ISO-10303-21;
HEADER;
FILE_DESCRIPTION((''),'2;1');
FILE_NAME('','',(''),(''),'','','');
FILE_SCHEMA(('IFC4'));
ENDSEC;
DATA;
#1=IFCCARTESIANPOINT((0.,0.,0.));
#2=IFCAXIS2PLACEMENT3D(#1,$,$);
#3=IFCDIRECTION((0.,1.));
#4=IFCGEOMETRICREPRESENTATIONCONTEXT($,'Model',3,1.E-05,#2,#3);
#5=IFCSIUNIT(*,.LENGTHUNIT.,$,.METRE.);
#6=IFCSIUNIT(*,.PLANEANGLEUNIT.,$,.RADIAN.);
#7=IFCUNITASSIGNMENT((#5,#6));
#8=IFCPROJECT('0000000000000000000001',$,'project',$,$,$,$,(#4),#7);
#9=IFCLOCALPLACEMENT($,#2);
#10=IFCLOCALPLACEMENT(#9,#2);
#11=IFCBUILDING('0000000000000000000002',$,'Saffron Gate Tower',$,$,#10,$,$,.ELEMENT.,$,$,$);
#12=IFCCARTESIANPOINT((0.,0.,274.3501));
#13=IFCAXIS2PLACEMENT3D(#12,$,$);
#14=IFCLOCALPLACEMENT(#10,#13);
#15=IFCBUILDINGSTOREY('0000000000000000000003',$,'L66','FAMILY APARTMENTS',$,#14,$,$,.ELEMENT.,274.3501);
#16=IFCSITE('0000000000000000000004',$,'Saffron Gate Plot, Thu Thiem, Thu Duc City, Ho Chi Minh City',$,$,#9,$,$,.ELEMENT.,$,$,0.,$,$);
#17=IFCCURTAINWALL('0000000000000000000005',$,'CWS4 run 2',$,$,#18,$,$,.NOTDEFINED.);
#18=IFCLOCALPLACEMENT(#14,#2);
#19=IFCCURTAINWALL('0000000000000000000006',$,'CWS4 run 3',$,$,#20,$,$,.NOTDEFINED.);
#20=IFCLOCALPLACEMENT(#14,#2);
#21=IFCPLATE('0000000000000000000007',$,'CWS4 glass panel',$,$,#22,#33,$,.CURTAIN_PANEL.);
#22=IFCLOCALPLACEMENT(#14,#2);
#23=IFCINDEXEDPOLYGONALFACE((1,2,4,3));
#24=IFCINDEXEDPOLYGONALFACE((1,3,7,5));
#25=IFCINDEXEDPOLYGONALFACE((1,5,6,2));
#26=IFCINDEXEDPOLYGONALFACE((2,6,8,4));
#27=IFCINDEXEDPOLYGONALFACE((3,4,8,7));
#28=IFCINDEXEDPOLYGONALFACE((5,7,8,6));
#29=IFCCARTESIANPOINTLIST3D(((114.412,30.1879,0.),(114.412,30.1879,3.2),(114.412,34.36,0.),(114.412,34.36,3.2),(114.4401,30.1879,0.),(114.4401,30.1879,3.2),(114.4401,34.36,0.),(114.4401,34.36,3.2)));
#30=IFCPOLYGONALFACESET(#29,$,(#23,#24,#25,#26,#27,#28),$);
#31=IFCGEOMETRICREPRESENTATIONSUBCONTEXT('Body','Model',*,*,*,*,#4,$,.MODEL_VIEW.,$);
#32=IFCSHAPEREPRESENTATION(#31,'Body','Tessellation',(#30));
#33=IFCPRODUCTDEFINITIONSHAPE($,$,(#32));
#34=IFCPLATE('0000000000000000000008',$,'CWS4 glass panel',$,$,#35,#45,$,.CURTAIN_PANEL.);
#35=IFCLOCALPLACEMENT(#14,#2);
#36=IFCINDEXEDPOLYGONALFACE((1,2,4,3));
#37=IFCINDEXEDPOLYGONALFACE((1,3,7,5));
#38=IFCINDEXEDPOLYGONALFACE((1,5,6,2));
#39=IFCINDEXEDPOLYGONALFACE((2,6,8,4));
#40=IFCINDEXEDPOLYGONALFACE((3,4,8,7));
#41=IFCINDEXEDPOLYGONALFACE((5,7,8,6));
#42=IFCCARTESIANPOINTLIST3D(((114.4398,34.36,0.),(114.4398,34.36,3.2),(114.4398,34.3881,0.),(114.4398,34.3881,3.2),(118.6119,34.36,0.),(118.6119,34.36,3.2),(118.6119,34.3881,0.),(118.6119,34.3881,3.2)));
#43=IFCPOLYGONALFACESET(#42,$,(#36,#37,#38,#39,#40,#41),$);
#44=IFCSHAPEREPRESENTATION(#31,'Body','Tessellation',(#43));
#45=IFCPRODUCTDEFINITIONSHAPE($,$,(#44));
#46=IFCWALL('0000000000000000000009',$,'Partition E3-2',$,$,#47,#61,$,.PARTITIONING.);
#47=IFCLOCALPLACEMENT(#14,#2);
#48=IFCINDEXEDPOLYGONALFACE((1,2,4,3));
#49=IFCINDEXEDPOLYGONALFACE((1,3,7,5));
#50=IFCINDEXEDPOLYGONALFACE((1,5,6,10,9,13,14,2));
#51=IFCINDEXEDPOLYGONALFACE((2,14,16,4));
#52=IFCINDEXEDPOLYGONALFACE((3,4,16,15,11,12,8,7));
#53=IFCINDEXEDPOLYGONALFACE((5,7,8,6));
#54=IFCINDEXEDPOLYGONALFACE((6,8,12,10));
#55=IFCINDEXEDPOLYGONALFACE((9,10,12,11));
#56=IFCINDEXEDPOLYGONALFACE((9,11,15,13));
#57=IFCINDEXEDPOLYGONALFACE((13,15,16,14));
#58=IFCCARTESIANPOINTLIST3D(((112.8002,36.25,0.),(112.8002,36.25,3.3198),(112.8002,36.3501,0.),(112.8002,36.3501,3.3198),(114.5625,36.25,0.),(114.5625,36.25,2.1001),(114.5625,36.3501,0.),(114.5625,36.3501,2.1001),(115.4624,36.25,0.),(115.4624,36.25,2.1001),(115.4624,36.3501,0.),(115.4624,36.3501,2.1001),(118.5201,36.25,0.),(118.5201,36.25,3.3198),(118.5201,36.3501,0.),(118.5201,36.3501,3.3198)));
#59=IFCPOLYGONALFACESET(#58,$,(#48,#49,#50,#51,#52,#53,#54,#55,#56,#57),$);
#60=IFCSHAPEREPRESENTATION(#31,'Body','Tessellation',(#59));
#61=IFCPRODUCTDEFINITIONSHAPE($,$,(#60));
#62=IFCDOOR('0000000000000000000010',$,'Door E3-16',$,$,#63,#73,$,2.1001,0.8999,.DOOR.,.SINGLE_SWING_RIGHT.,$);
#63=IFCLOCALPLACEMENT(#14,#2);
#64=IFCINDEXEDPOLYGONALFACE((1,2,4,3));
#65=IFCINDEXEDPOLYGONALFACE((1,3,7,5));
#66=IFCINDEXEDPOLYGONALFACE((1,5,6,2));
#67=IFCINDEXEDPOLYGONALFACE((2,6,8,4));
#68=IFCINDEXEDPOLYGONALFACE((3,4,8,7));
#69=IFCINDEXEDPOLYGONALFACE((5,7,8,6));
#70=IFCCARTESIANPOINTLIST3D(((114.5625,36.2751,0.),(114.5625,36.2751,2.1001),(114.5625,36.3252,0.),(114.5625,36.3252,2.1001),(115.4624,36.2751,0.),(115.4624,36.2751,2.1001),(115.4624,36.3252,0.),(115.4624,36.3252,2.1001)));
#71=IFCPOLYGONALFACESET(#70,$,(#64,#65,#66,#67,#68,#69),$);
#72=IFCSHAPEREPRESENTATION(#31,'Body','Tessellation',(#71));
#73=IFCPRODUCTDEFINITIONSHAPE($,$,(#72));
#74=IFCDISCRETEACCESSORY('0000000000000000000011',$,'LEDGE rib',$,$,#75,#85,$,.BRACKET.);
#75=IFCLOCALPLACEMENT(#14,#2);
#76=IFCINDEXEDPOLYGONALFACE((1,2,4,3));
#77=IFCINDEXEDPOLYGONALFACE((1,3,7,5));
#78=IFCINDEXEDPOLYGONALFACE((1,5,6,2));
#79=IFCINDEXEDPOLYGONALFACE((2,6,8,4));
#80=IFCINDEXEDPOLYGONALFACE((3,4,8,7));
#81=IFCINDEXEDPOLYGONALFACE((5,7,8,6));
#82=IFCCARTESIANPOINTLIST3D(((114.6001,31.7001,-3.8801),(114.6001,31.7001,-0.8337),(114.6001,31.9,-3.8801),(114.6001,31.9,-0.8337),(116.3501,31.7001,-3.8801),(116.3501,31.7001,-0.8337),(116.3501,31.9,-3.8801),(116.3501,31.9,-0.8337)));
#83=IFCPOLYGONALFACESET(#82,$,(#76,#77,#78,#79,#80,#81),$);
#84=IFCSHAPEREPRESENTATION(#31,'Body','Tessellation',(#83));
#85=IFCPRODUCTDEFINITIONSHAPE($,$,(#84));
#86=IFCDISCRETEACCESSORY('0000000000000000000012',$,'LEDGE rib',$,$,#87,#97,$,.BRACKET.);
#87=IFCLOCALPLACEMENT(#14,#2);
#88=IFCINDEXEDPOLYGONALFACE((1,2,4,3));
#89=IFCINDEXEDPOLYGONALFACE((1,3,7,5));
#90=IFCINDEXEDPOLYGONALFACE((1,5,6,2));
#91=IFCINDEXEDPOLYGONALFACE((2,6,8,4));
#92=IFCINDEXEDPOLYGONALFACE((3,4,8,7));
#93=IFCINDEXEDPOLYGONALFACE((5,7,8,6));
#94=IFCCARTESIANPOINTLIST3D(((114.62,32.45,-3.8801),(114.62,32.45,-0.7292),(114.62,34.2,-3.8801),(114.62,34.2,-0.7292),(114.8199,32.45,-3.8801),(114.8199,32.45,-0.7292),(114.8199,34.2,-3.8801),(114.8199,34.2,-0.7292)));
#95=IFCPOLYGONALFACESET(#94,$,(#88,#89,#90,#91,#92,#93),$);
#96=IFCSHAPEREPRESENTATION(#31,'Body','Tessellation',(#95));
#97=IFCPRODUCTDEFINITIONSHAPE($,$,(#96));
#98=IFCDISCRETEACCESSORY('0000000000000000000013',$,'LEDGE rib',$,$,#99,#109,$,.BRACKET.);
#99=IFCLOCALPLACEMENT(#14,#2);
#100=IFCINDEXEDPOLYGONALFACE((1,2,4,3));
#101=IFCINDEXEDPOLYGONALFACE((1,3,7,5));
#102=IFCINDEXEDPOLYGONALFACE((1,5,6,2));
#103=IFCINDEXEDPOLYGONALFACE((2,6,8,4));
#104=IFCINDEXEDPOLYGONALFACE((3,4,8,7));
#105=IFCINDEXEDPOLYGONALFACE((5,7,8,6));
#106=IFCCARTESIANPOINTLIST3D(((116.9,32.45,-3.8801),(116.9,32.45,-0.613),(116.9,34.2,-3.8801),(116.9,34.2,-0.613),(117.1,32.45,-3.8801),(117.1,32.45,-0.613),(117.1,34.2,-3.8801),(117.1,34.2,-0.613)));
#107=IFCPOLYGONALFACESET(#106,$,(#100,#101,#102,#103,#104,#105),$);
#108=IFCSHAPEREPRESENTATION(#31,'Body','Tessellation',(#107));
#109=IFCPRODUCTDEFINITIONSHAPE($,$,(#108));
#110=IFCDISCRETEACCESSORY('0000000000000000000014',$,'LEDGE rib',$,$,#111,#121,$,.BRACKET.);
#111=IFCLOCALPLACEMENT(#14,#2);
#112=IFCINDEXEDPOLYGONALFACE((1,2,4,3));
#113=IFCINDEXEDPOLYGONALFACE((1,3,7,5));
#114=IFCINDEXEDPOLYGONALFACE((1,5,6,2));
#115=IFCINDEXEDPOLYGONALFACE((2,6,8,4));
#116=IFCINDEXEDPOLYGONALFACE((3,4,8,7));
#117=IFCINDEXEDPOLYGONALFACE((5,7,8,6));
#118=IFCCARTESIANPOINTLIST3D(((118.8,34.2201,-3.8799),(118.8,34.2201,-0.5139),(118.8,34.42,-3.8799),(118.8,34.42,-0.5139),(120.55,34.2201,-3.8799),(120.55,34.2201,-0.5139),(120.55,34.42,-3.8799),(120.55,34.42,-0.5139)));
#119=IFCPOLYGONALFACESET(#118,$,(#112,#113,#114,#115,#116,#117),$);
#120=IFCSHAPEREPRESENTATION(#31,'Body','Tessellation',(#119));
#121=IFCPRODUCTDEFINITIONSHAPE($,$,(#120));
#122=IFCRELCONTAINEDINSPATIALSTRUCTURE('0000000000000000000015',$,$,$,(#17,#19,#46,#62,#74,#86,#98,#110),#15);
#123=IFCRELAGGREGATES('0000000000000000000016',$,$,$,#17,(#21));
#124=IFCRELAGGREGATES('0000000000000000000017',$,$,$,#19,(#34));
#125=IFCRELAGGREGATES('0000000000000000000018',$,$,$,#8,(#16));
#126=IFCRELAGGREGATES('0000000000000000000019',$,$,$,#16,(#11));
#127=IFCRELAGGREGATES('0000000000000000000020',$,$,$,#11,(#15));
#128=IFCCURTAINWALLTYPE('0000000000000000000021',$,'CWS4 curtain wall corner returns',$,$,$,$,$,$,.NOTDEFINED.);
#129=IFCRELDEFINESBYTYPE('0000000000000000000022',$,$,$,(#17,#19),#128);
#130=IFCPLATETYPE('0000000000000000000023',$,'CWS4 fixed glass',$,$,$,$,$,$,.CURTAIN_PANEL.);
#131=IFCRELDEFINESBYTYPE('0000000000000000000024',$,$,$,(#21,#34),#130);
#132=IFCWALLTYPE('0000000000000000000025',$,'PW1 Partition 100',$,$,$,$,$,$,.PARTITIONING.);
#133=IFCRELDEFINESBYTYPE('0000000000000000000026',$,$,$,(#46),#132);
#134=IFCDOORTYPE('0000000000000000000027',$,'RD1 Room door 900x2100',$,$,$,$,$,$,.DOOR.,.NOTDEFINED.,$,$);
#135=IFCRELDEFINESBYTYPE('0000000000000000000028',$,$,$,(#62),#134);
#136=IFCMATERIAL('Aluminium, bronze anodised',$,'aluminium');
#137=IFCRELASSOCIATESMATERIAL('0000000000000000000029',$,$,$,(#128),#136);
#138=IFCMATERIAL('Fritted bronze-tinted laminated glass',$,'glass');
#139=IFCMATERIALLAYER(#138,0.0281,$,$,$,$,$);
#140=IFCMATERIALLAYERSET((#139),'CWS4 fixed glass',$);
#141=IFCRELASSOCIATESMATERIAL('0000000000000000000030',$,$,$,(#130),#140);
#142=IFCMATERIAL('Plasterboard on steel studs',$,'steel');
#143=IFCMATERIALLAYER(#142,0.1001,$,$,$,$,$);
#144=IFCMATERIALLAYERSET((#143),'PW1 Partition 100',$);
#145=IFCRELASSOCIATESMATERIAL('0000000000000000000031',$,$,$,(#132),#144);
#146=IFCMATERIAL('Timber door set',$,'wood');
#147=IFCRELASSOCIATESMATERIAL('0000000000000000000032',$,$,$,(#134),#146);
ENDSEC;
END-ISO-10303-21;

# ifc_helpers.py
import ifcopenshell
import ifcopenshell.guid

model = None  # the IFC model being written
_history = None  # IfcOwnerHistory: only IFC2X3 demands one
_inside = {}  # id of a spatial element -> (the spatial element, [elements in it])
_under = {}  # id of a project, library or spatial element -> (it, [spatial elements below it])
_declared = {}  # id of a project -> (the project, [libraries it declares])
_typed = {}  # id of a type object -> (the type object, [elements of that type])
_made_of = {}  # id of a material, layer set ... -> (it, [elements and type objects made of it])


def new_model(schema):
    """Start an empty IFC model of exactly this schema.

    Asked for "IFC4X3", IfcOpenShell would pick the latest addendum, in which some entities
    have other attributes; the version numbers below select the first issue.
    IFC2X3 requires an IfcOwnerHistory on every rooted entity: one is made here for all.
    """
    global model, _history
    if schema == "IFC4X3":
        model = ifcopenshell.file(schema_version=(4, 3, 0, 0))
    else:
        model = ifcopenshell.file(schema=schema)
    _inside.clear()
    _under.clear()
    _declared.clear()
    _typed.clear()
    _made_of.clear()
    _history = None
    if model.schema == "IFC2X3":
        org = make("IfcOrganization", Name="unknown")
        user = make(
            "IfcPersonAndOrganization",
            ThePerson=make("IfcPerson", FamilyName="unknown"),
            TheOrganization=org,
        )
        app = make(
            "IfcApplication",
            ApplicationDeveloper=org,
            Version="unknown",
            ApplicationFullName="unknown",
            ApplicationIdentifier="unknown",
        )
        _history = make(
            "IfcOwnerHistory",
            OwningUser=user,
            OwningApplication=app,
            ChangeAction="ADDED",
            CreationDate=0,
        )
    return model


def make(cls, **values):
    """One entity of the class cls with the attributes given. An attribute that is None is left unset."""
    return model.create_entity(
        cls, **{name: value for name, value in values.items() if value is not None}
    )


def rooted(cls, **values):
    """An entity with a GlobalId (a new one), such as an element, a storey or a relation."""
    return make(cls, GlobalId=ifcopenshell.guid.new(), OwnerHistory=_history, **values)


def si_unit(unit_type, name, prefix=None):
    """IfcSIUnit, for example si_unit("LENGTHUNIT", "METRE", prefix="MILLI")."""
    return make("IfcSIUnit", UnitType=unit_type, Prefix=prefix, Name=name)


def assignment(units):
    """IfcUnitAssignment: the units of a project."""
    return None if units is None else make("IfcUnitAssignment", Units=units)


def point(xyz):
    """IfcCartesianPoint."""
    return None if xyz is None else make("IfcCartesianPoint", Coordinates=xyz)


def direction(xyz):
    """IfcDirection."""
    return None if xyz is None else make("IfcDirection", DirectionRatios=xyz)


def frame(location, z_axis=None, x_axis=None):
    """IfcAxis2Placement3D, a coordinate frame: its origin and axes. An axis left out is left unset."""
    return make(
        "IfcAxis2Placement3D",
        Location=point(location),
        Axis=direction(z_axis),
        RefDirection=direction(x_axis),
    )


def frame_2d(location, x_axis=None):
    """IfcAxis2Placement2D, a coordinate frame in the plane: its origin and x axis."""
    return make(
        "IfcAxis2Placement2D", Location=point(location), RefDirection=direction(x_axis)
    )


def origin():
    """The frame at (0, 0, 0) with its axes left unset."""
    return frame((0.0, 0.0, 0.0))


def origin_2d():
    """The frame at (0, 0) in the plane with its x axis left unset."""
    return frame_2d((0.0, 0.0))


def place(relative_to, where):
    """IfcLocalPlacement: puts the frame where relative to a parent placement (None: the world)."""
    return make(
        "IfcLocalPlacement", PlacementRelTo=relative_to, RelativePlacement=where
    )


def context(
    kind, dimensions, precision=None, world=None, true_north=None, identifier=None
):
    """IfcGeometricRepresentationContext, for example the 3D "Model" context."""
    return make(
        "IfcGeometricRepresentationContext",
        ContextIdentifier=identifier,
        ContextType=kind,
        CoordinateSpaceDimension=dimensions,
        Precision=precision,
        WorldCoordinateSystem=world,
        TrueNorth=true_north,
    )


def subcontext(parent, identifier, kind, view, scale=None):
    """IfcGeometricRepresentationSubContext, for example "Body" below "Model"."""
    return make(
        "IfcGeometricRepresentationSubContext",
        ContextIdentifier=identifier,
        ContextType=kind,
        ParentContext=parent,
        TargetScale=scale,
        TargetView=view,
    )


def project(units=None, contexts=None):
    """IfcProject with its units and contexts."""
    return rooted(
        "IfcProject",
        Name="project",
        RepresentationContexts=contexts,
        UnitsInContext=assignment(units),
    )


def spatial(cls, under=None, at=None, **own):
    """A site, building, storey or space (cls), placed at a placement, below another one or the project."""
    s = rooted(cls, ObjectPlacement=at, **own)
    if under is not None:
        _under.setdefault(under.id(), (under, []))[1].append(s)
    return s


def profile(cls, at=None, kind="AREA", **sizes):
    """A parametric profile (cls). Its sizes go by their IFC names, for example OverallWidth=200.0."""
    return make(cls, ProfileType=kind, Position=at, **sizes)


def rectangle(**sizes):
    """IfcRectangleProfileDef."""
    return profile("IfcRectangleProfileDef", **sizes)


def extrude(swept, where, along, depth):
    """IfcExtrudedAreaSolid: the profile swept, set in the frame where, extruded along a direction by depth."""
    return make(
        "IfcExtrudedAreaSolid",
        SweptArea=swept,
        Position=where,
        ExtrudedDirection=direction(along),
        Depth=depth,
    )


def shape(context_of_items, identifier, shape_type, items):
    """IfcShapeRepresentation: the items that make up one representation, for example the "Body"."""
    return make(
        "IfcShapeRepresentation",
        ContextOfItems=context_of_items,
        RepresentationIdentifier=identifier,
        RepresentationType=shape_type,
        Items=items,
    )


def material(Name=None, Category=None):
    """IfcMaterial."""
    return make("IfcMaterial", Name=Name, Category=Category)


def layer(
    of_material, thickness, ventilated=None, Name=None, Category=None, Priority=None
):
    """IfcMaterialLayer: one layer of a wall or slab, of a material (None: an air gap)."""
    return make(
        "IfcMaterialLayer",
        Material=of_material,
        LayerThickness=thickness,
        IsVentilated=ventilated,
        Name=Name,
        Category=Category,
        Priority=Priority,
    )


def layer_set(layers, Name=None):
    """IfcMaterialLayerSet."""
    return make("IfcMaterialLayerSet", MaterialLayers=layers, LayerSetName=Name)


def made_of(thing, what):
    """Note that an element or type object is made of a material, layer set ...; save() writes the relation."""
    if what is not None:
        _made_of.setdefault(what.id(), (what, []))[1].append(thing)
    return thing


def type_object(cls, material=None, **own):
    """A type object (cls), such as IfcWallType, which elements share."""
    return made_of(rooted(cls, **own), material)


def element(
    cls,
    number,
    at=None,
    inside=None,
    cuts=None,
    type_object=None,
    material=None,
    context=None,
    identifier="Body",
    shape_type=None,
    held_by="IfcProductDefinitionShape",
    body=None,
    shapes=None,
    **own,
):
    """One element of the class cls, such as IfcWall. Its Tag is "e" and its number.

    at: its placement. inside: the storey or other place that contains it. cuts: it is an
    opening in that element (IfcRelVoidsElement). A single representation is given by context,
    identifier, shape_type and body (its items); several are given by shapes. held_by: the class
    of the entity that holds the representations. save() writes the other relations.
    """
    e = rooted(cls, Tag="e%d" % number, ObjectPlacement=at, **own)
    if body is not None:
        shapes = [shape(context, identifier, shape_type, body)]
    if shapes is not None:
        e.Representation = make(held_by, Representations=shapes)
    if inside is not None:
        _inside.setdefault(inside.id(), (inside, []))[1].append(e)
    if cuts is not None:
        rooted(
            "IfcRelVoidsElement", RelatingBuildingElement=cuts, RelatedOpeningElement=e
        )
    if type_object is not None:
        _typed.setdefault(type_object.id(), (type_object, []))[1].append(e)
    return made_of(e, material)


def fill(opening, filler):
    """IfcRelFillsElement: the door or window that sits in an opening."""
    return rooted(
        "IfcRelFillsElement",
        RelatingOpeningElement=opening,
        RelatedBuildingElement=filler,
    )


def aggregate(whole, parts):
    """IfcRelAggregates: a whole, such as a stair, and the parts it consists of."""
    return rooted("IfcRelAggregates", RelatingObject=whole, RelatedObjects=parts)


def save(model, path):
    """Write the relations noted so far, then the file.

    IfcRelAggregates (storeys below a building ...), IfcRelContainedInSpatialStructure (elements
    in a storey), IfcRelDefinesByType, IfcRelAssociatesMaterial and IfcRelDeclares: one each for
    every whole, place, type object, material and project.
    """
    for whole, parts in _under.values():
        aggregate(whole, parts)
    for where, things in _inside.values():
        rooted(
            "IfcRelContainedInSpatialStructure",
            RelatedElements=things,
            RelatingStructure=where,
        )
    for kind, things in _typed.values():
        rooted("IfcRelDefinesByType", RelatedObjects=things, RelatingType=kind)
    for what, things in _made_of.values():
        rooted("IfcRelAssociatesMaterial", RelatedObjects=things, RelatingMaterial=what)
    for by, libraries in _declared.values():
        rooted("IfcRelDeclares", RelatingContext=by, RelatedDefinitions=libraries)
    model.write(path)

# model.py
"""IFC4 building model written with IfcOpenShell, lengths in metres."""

from ifc_helpers import new_model, si_unit, direction, frame, frame_2d, origin, origin_2d, place, context, subcontext, project, spatial, rectangle, extrude, material, layer, layer_set, type_object, element, fill, aggregate, save


model = new_model("IFC4")

# Units and contexts
model_context = context("Model", 3, precision=1e-05, world=origin(), true_north=direction((0.0, 1.0)))
body_context = subcontext(model_context, "Body", "Model", "MODEL_VIEW")
ifc_project = project(units=[si_unit("LENGTHUNIT", "METRE"), si_unit("PLANEANGLEUNIT", "RADIAN")], contexts=[model_context])

# Site, building, storey
site_placement = place(None, origin())
site = spatial("IfcSite", under=ifc_project, at=site_placement, Name="Saffron Gate Plot, Thu Thiem, Thu Duc City, Ho Chi Minh City", CompositionType="ELEMENT", RefElevation=0.0)
building_placement = place(site_placement, origin())
building = spatial("IfcBuilding", under=site, at=building_placement, Name="Saffron Gate Tower", CompositionType="ELEMENT")
storey_placement = place(building_placement, frame((0.0, 0.0, 274.3501)))
storey = spatial("IfcBuildingStorey", under=building, at=storey_placement, Name="L66", Description="FAMILY APARTMENTS", CompositionType="ELEMENT", Elevation=274.3501)

# Shared definitions
ifc_material_1 = material(Name="Aluminium, bronze anodised", Category="aluminium")

# Curtain walls
curtain_wall_type_1 = type_object("IfcCurtainWallType", Name="CWS4 curtain wall corner returns", PredefinedType="NOTDEFINED", material=ifc_material_1)
curtain_wall_1_placement = place(storey_placement, origin())
curtain_wall_1 = element("IfcCurtainWall", 1, at=curtain_wall_1_placement, inside=storey, type_object=curtain_wall_type_1, Name="CWS4 run 2", PredefinedType="NOTDEFINED")
curtain_wall_2_placement = place(storey_placement, origin())
curtain_wall_2 = element("IfcCurtainWall", 2, at=curtain_wall_2_placement, inside=storey, type_object=curtain_wall_type_1, Name="CWS4 run 3", PredefinedType="NOTDEFINED")

# Shared definitions
ifc_material_2 = material(Name="Fritted bronze-tinted laminated glass", Category="glass")

# Plates
ifc_layer_1 = layer(ifc_material_2, 0.0281)
ifc_layer_set_1 = layer_set([ifc_layer_1], Name="CWS4 fixed glass")
plate_type_1 = type_object("IfcPlateType", Name="CWS4 fixed glass", PredefinedType="CURTAIN_PANEL", material=ifc_layer_set_1)
plate_1_placement = place(storey_placement, frame((114.426, 30.188, 0.0), z_axis=(0.0, 0.0, 1.0), x_axis=(0.0, 1.0, 0.0)))
plate_1 = element("IfcPlate", 3, at=plate_1_placement, type_object=plate_type_1, Name="CWS4 glass panel", PredefinedType="CURTAIN_PANEL", context=body_context, shape_type="SweptSolid", body=[
    extrude(rectangle(XDim=4.1721, YDim=0.0281, at=frame_2d((2.0859, 0.0))), origin(), (0.0, 0.0, 1.0), 3.2),
])
aggregate(curtain_wall_1, [plate_1])
plate_2_placement = place(storey_placement, frame((114.4399, 34.374, 0.0), z_axis=(0.0, 0.0, 1.0), x_axis=(1.0, 0.0, 0.0)))
plate_2 = element("IfcPlate", 4, at=plate_2_placement, type_object=plate_type_1, Name="CWS4 glass panel", PredefinedType="CURTAIN_PANEL", context=body_context, shape_type="SweptSolid", body=[
    extrude(rectangle(XDim=4.1721, YDim=0.0281, at=frame_2d((2.0859, 0.0))), origin(), (0.0, 0.0, 1.0), 3.2),
])
aggregate(curtain_wall_2, [plate_2])

# Wall, opening, door
ifc_material_3 = material(Name="Plasterboard on steel studs", Category="steel")
ifc_layer_2 = layer(ifc_material_3, 0.1001)
ifc_layer_set_2 = layer_set([ifc_layer_2], Name="PW1 Partition 100")
wall_type = type_object("IfcWallType", Name="PW1 Partition 100", PredefinedType="PARTITIONING", material=ifc_layer_set_2)
wall_placement = place(storey_placement, frame((118.52, 36.3, 0.0), z_axis=(0.0, 0.0, 1.0), x_axis=(-1.0, 0.0, 0.0)))
wall = element("IfcWall", 5, at=wall_placement, inside=storey, type_object=wall_type, Name="Partition E3-2", PredefinedType="PARTITIONING", context=body_context, shape_type="SweptSolid", body=[
    extrude(rectangle(XDim=5.72, YDim=0.1001, at=frame_2d((2.8599, 0.0))), origin(), (0.0, 0.0, 1.0), 3.3198),
])
opening_1_placement = place(wall_placement, frame((3.0576, 0.0, 0.0)))
opening_1 = element("IfcOpeningElement", 6, at=opening_1_placement, cuts=wall, PredefinedType="OPENING", context=body_context, shape_type="SweptSolid", body=[
    extrude(rectangle(XDim=0.8999, YDim=2.1001, at=frame_2d((0.45, 1.05))), frame((0.0, 0.0601, 0.0), z_axis=(0.0, -1.0, 0.0), x_axis=(1.0, 0.0, 0.0)), (0.0, 0.0, 1.0), 0.1201),
])
ifc_material_4 = material(Name="Timber door set", Category="wood")
door_type = type_object("IfcDoorType", Name="RD1 Room door 900x2100", OperationType="NOTDEFINED", PredefinedType="DOOR", material=ifc_material_4)
door_placement = place(opening_1_placement, origin())
door = element("IfcDoor", 7, at=door_placement, inside=storey, type_object=door_type, Name="Door E3-16", OperationType="SINGLE_SWING_RIGHT", OverallHeight=2.1001, OverallWidth=0.8999, PredefinedType="DOOR", context=body_context, shape_type="SweptSolid", body=[
    extrude(rectangle(XDim=0.8999, YDim=2.1001, at=frame_2d((0.45, 1.05))), frame((0.0, 0.0249, 0.0), z_axis=(0.0, -1.0, 0.0), x_axis=(1.0, 0.0, 0.0)), (0.0, 0.0, 1.0), 0.05),
])
fill(opening_1, door)

# Discrete accessories
discrete_accessory_1_placement = place(storey_placement, frame((115.4751, 31.8, -3.8801), z_axis=(0.0, 0.0, 1.0), x_axis=(0.0, 1.0, 0.0)))
element("IfcDiscreteAccessory", 8, at=discrete_accessory_1_placement, inside=storey, Name="LEDGE rib", PredefinedType="BRACKET", context=body_context, shape_type="SweptSolid", body=[
    extrude(rectangle(XDim=0.2, YDim=1.75, at=origin_2d()), origin(), (0.0, 0.0, 1.0), 3.0464),
])
discrete_accessory_2_placement = place(storey_placement, frame((114.72, 33.325, -3.8801), z_axis=(0.0, 0.0, 1.0), x_axis=(1.0, 0.0, 0.0)))
element("IfcDiscreteAccessory", 9, at=discrete_accessory_2_placement, inside=storey, Name="LEDGE rib", PredefinedType="BRACKET", context=body_context, shape_type="SweptSolid", body=[
    extrude(rectangle(XDim=0.2, YDim=1.75, at=origin_2d()), origin(), (0.0, 0.0, 1.0), 3.1509),
])
discrete_accessory_3_placement = place(storey_placement, frame((117.0, 33.325, -3.8801), z_axis=(0.0, 0.0, 1.0), x_axis=(1.0, 0.0, 0.0)))
element("IfcDiscreteAccessory", 10, at=discrete_accessory_3_placement, inside=storey, Name="LEDGE rib", PredefinedType="BRACKET", context=body_context, shape_type="SweptSolid", body=[
    extrude(rectangle(XDim=0.2, YDim=1.75, at=origin_2d()), origin(), (0.0, 0.0, 1.0), 3.2671),
])
discrete_accessory_4_placement = place(storey_placement, frame((119.675, 34.3201, -3.8799), z_axis=(0.0, 0.0, 1.0), x_axis=(0.0, 1.0, 0.0)))
element("IfcDiscreteAccessory", 11, at=discrete_accessory_4_placement, inside=storey, Name="LEDGE rib", PredefinedType="BRACKET", context=body_context, shape_type="SweptSolid", body=[
    extrude(rectangle(XDim=0.2, YDim=1.75, at=origin_2d()), origin(), (0.0, 0.0, 1.0), 3.366),
])

save(model, "model.ifc")
